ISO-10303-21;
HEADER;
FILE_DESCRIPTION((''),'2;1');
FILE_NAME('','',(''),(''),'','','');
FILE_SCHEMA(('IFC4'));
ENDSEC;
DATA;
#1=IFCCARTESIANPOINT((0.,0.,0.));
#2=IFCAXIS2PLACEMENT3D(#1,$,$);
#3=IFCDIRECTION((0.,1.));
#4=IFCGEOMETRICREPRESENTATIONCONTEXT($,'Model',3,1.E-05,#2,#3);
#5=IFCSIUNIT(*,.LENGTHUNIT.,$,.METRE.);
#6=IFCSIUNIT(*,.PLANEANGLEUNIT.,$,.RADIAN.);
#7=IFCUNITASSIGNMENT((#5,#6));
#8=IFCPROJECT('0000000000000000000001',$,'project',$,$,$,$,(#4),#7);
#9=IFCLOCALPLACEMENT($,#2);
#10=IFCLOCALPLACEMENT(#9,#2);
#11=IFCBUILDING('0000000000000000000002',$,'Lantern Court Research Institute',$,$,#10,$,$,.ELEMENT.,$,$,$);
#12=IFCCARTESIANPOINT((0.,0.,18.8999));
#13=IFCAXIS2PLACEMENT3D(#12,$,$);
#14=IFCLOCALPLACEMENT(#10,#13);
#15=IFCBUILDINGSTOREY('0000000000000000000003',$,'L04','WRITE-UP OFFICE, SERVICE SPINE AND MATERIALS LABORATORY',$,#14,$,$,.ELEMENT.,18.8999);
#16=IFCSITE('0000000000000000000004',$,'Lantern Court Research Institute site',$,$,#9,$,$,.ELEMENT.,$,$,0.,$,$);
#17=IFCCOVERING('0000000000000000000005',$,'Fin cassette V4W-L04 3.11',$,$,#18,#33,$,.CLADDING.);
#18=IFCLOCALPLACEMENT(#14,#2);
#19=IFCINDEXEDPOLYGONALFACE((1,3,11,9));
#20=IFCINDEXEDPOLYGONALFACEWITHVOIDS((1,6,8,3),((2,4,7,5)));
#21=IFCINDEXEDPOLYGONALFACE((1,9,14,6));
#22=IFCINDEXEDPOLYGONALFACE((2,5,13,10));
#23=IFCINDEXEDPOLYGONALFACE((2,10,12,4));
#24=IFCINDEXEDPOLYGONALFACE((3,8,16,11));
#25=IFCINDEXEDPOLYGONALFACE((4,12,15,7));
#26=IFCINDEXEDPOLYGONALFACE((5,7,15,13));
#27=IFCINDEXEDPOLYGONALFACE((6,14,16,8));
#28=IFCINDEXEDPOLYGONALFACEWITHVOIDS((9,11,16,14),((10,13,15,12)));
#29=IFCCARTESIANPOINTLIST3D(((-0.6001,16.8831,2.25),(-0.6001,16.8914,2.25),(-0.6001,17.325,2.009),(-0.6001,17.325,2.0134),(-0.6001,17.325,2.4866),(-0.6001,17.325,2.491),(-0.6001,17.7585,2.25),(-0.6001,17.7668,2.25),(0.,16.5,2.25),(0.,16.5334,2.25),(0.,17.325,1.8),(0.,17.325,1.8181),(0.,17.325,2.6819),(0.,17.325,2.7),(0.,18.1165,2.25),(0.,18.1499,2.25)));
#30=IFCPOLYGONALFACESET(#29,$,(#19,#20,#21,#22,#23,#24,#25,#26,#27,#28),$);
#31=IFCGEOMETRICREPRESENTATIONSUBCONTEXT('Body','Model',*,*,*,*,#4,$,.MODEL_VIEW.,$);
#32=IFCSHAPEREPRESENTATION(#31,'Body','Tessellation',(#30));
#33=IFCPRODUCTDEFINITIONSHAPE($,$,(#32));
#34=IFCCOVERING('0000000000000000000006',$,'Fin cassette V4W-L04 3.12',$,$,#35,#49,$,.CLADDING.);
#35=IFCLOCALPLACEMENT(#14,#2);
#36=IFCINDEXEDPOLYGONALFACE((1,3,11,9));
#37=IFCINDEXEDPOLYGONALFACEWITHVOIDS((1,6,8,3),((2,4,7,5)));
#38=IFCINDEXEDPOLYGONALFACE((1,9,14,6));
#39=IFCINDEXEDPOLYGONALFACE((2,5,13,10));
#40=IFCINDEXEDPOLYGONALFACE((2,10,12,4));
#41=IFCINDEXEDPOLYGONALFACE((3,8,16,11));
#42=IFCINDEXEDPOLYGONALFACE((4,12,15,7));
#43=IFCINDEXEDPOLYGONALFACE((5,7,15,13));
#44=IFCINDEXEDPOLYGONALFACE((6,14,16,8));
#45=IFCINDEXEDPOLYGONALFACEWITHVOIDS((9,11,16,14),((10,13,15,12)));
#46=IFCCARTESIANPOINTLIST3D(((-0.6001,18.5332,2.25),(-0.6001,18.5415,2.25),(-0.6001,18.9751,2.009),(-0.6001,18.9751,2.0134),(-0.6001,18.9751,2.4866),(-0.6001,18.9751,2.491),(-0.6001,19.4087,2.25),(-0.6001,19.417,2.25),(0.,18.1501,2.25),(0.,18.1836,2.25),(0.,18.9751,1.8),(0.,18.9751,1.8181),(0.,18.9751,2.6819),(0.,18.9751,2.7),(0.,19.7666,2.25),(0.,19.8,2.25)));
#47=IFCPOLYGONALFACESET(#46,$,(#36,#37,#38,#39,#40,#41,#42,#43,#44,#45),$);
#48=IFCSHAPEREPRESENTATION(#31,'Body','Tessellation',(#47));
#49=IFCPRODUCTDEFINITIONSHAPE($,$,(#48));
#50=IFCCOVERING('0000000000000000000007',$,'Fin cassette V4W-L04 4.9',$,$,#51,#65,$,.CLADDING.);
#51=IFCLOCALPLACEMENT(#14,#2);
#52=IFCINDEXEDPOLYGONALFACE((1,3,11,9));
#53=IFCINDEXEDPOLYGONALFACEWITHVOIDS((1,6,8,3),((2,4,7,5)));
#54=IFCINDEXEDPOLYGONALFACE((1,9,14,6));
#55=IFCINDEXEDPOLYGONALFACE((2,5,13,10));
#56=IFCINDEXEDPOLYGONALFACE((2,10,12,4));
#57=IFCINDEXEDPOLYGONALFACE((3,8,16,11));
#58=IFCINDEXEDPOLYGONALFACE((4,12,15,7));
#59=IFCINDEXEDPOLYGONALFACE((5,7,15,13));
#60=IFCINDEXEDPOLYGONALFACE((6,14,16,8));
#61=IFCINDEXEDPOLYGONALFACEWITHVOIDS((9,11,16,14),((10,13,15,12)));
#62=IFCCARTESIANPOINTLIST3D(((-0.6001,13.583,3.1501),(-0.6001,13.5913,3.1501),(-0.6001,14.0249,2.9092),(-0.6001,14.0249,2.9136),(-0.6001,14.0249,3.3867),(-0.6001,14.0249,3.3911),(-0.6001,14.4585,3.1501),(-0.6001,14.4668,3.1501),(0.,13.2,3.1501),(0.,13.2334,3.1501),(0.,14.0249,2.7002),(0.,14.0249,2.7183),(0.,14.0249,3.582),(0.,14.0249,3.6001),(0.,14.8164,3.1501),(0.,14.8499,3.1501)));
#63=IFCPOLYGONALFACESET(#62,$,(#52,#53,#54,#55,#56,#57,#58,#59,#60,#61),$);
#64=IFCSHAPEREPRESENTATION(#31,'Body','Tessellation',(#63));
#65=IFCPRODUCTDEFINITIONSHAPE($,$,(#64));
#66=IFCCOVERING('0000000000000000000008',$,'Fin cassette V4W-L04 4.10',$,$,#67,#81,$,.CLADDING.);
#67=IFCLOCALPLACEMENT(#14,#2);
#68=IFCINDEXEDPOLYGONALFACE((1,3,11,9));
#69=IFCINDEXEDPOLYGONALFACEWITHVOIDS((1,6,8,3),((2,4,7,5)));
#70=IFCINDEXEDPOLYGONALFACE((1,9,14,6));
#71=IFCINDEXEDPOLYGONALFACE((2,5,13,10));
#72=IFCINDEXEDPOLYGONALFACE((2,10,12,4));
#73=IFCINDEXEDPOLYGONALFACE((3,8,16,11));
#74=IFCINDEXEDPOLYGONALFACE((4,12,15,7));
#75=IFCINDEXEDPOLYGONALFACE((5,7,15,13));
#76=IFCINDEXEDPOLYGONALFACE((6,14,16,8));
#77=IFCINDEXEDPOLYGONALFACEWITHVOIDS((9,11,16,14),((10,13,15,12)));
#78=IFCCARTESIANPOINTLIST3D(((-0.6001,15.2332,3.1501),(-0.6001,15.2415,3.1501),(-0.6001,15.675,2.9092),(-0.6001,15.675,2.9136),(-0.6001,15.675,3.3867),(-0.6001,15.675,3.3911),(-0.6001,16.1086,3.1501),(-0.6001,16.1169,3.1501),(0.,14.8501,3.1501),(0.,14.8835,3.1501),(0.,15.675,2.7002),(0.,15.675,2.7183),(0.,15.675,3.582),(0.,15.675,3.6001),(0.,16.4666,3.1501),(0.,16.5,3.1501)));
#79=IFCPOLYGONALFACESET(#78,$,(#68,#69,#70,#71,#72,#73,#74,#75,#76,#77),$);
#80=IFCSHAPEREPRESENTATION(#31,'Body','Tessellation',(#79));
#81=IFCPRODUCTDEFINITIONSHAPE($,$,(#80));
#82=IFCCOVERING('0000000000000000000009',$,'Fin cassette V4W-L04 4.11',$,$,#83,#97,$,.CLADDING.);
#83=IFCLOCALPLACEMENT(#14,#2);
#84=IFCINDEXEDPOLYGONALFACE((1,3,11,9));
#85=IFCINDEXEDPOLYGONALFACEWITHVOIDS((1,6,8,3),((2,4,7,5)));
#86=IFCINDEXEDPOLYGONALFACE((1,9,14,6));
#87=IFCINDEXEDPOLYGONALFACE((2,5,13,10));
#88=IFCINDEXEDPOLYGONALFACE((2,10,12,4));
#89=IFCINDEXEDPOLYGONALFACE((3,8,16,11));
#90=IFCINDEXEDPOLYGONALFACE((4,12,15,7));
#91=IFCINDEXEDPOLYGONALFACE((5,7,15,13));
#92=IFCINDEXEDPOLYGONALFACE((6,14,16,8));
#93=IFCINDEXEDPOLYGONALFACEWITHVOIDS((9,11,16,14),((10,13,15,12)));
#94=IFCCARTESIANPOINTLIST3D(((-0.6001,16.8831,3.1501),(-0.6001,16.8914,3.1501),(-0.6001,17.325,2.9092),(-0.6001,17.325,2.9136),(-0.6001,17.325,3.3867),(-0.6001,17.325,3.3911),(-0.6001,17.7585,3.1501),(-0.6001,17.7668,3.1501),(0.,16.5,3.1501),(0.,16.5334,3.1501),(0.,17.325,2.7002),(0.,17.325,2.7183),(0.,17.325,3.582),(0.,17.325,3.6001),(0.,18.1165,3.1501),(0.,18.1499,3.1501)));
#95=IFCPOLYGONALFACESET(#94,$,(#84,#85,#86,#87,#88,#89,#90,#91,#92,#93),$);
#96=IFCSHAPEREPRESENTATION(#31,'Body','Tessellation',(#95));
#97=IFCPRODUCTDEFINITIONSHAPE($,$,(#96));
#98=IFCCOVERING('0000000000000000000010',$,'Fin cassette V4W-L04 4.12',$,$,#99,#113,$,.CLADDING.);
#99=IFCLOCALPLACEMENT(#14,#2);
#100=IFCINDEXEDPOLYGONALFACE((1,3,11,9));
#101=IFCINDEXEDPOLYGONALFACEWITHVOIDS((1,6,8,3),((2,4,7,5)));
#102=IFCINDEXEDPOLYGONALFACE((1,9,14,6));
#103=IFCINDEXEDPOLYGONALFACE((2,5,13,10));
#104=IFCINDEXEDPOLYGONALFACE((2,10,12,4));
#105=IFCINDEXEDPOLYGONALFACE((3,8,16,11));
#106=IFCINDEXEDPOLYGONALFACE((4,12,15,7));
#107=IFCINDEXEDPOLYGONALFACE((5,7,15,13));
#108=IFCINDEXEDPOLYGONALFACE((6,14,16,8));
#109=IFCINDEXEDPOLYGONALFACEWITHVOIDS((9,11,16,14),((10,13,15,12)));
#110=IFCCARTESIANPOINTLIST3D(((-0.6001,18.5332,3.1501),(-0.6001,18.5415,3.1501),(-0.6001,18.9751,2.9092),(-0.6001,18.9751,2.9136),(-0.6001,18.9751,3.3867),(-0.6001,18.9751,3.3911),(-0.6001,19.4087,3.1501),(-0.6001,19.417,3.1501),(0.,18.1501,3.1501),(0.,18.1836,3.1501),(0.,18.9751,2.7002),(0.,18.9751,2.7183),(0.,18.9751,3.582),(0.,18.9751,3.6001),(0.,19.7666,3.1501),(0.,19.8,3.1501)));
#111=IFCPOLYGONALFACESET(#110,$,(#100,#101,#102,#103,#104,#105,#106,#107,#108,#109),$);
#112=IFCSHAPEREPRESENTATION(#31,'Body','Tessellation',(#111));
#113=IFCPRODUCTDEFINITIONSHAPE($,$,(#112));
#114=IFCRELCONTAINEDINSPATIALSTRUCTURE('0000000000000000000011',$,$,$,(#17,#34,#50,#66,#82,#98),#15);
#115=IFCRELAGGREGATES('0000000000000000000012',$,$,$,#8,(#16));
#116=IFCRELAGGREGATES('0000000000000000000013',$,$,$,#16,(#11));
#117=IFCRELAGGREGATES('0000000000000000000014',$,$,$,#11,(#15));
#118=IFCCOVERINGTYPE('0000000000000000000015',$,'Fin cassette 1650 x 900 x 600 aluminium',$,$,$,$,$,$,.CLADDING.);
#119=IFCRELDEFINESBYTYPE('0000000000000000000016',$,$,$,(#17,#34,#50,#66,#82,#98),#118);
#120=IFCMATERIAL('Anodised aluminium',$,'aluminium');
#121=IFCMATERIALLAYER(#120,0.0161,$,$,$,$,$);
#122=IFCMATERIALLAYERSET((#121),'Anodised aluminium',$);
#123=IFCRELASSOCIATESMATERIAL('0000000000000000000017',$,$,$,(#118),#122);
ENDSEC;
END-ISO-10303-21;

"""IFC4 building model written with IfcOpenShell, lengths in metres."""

from ifc_helpers import new_model, entity, si_unit, direction, frame, origin, place, context, subcontext, project, spatial, material, layer, layer_set, type_object, element, save


model = new_model("IFC4")

# Units and contexts
model_context = context("Model", 3, precision=1e-05, world=origin(), true_north=direction((0.0, 1.0)))
body_context = subcontext(model_context, "Body", "Model", "MODEL_VIEW")
ifc_project = project(units=[si_unit("LENGTHUNIT", "METRE"), si_unit("PLANEANGLEUNIT", "RADIAN")], contexts=[model_context])

# Site, building, storey
site_placement = place(None, origin())
site = spatial("IfcSite", under=ifc_project, at=site_placement, Name="Lantern Court Research Institute site", CompositionType="ELEMENT", RefElevation=0.0)
building_placement = place(site_placement, origin())
building = spatial("IfcBuilding", under=site, at=building_placement, Name="Lantern Court Research Institute", CompositionType="ELEMENT")
storey_placement = place(building_placement, frame((0.0, 0.0, 18.8999)))
storey = spatial("IfcBuildingStorey", under=building, at=storey_placement, Name="L04", Description="WRITE-UP OFFICE, SERVICE SPINE AND MATERIALS LABORATORY", CompositionType="ELEMENT", Elevation=18.8999)

# Coverings
ifc_material_1 = material(Name="Anodised aluminium", Category="aluminium")
ifc_layer_1 = layer(ifc_material_1, 0.0161)
ifc_layer_set_1 = layer_set([ifc_layer_1], Name="Anodised aluminium")
covering_type = type_object("IfcCoveringType", Name="Fin cassette 1650 x 900 x 600 aluminium", PredefinedType="CLADDING", material=ifc_layer_set_1)
covering_1_placement = place(storey_placement, frame((0.0, 17.325, 2.25), z_axis=(-1.0, 0.0, 0.0), x_axis=(0.0, -1.0, 0.0)))
cartesian_point_1 = entity("IfcCartesianPoint", [0.825, 0.0])
cartesian_point_2 = entity("IfcCartesianPoint", [0.7915, 0.0])
cartesian_point_3 = entity("IfcCartesianPoint", [0.4419, 0.0])
cartesian_point_4 = entity("IfcCartesianPoint", [0.4336, 0.0])
element("IfcCovering", 1, at=covering_1_placement, inside=storey, type_object=covering_type, Name="Fin cassette V4W-L04 3.11", PredefinedType="CLADDING", context=body_context, shape_type="SweptSolid", body=[
    entity("IfcExtrudedAreaSolidTapered", entity("IfcArbitraryProfileDefWithVoids", "AREA", None, entity("IfcPolyline", [cartesian_point_1, entity("IfcCartesianPoint", [0.0, 0.45]), entity("IfcCartesianPoint", [-0.825, 0.0]), entity("IfcCartesianPoint", [0.0, -0.45]), cartesian_point_1]), [entity("IfcPolyline", [cartesian_point_2, entity("IfcCartesianPoint", [0.0, 0.4319]), entity("IfcCartesianPoint", [-0.7915, 0.0]), entity("IfcCartesianPoint", [0.0, -0.4319]), cartesian_point_2])]), entity("IfcAxis2Placement3D", entity("IfcCartesianPoint", [0.0, 0.0, 0.0])), entity("IfcDirection", [0.0, 0.0, 1.0]), 0.6001, entity("IfcArbitraryProfileDefWithVoids", "AREA", None, entity("IfcPolyline", [cartesian_point_3, entity("IfcCartesianPoint", [0.0, 0.241]), entity("IfcCartesianPoint", [-0.4419, 0.0]), entity("IfcCartesianPoint", [0.0, -0.241]), cartesian_point_3]), [entity("IfcPolyline", [cartesian_point_4, entity("IfcCartesianPoint", [0.0, 0.2366]), entity("IfcCartesianPoint", [-0.4336, 0.0]), entity("IfcCartesianPoint", [0.0, -0.2366]), cartesian_point_4])])),
])
covering_2_placement = place(storey_placement, frame((0.0, 18.9751, 2.25), z_axis=(-1.0, 0.0, 0.0), x_axis=(0.0, -1.0, 0.0)))
cartesian_point_5 = entity("IfcCartesianPoint", [0.825, 0.0])
cartesian_point_6 = entity("IfcCartesianPoint", [0.7915, 0.0])
cartesian_point_7 = entity("IfcCartesianPoint", [0.4419, 0.0])
cartesian_point_8 = entity("IfcCartesianPoint", [0.4336, 0.0])
element("IfcCovering", 2, at=covering_2_placement, inside=storey, type_object=covering_type, Name="Fin cassette V4W-L04 3.12", PredefinedType="CLADDING", context=body_context, shape_type="SweptSolid", body=[
    entity("IfcExtrudedAreaSolidTapered", entity("IfcArbitraryProfileDefWithVoids", "AREA", None, entity("IfcPolyline", [cartesian_point_5, entity("IfcCartesianPoint", [0.0, 0.45]), entity("IfcCartesianPoint", [-0.825, 0.0]), entity("IfcCartesianPoint", [0.0, -0.45]), cartesian_point_5]), [entity("IfcPolyline", [cartesian_point_6, entity("IfcCartesianPoint", [0.0, 0.4319]), entity("IfcCartesianPoint", [-0.7915, 0.0]), entity("IfcCartesianPoint", [0.0, -0.4319]), cartesian_point_6])]), entity("IfcAxis2Placement3D", entity("IfcCartesianPoint", [0.0, 0.0, 0.0])), entity("IfcDirection", [0.0, 0.0, 1.0]), 0.6001, entity("IfcArbitraryProfileDefWithVoids", "AREA", None, entity("IfcPolyline", [cartesian_point_7, entity("IfcCartesianPoint", [0.0, 0.241]), entity("IfcCartesianPoint", [-0.4419, 0.0]), entity("IfcCartesianPoint", [0.0, -0.241]), cartesian_point_7]), [entity("IfcPolyline", [cartesian_point_8, entity("IfcCartesianPoint", [0.0, 0.2366]), entity("IfcCartesianPoint", [-0.4336, 0.0]), entity("IfcCartesianPoint", [0.0, -0.2366]), cartesian_point_8])])),
])
covering_3_placement = place(storey_placement, frame((0.0, 14.0249, 3.1501), z_axis=(-1.0, 0.0, 0.0), x_axis=(0.0, -1.0, 0.0)))
cartesian_point_9 = entity("IfcCartesianPoint", [0.825, 0.0])
cartesian_point_10 = entity("IfcCartesianPoint", [0.7915, 0.0])
cartesian_point_11 = entity("IfcCartesianPoint", [0.4419, 0.0])
cartesian_point_12 = entity("IfcCartesianPoint", [0.4336, 0.0])
element("IfcCovering", 3, at=covering_3_placement, inside=storey, type_object=covering_type, Name="Fin cassette V4W-L04 4.9", PredefinedType="CLADDING", context=body_context, shape_type="SweptSolid", body=[
    entity("IfcExtrudedAreaSolidTapered", entity("IfcArbitraryProfileDefWithVoids", "AREA", None, entity("IfcPolyline", [cartesian_point_9, entity("IfcCartesianPoint", [0.0, 0.45]), entity("IfcCartesianPoint", [-0.825, 0.0]), entity("IfcCartesianPoint", [0.0, -0.45]), cartesian_point_9]), [entity("IfcPolyline", [cartesian_point_10, entity("IfcCartesianPoint", [0.0, 0.4319]), entity("IfcCartesianPoint", [-0.7915, 0.0]), entity("IfcCartesianPoint", [0.0, -0.4319]), cartesian_point_10])]), entity("IfcAxis2Placement3D", entity("IfcCartesianPoint", [0.0, 0.0, 0.0])), entity("IfcDirection", [0.0, 0.0, 1.0]), 0.6001, entity("IfcArbitraryProfileDefWithVoids", "AREA", None, entity("IfcPolyline", [cartesian_point_11, entity("IfcCartesianPoint", [0.0, 0.241]), entity("IfcCartesianPoint", [-0.4419, 0.0]), entity("IfcCartesianPoint", [0.0, -0.241]), cartesian_point_11]), [entity("IfcPolyline", [cartesian_point_12, entity("IfcCartesianPoint", [0.0, 0.2366]), entity("IfcCartesianPoint", [-0.4336, 0.0]), entity("IfcCartesianPoint", [0.0, -0.2366]), cartesian_point_12])])),
])
covering_4_placement = place(storey_placement, frame((0.0, 15.675, 3.1501), z_axis=(-1.0, 0.0, 0.0), x_axis=(0.0, -1.0, 0.0)))
cartesian_point_13 = entity("IfcCartesianPoint", [0.825, 0.0])
cartesian_point_14 = entity("IfcCartesianPoint", [0.7915, 0.0])
cartesian_point_15 = entity("IfcCartesianPoint", [0.4419, 0.0])
cartesian_point_16 = entity("IfcCartesianPoint", [0.4336, 0.0])
element("IfcCovering", 4, at=covering_4_placement, inside=storey, type_object=covering_type, Name="Fin cassette V4W-L04 4.10", PredefinedType="CLADDING", context=body_context, shape_type="SweptSolid", body=[
    entity("IfcExtrudedAreaSolidTapered", entity("IfcArbitraryProfileDefWithVoids", "AREA", None, entity("IfcPolyline", [cartesian_point_13, entity("IfcCartesianPoint", [0.0, 0.45]), entity("IfcCartesianPoint", [-0.825, 0.0]), entity("IfcCartesianPoint", [0.0, -0.45]), cartesian_point_13]), [entity("IfcPolyline", [cartesian_point_14, entity("IfcCartesianPoint", [0.0, 0.4319]), entity("IfcCartesianPoint", [-0.7915, 0.0]), entity("IfcCartesianPoint", [0.0, -0.4319]), cartesian_point_14])]), entity("IfcAxis2Placement3D", entity("IfcCartesianPoint", [0.0, 0.0, 0.0])), entity("IfcDirection", [0.0, 0.0, 1.0]), 0.6001, entity("IfcArbitraryProfileDefWithVoids", "AREA", None, entity("IfcPolyline", [cartesian_point_15, entity("IfcCartesianPoint", [0.0, 0.241]), entity("IfcCartesianPoint", [-0.4419, 0.0]), entity("IfcCartesianPoint", [0.0, -0.241]), cartesian_point_15]), [entity("IfcPolyline", [cartesian_point_16, entity("IfcCartesianPoint", [0.0, 0.2366]), entity("IfcCartesianPoint", [-0.4336, 0.0]), entity("IfcCartesianPoint", [0.0, -0.2366]), cartesian_point_16])])),
])
covering_5_placement = place(storey_placement, frame((0.0, 17.325, 3.1501), z_axis=(-1.0, 0.0, 0.0), x_axis=(0.0, -1.0, 0.0)))
cartesian_point_17 = entity("IfcCartesianPoint", [0.825, 0.0])
cartesian_point_18 = entity("IfcCartesianPoint", [0.7915, 0.0])
cartesian_point_19 = entity("IfcCartesianPoint", [0.4419, 0.0])
cartesian_point_20 = entity("IfcCartesianPoint", [0.4336, 0.0])
element("IfcCovering", 5, at=covering_5_placement, inside=storey, type_object=covering_type, Name="Fin cassette V4W-L04 4.11", PredefinedType="CLADDING", context=body_context, shape_type="SweptSolid", body=[
    entity("IfcExtrudedAreaSolidTapered", entity("IfcArbitraryProfileDefWithVoids", "AREA", None, entity("IfcPolyline", [cartesian_point_17, entity("IfcCartesianPoint", [0.0, 0.45]), entity("IfcCartesianPoint", [-0.825, 0.0]), entity("IfcCartesianPoint", [0.0, -0.45]), cartesian_point_17]), [entity("IfcPolyline", [cartesian_point_18, entity("IfcCartesianPoint", [0.0, 0.4319]), entity("IfcCartesianPoint", [-0.7915, 0.0]), entity("IfcCartesianPoint", [0.0, -0.4319]), cartesian_point_18])]), entity("IfcAxis2Placement3D", entity("IfcCartesianPoint", [0.0, 0.0, 0.0])), entity("IfcDirection", [0.0, 0.0, 1.0]), 0.6001, entity("IfcArbitraryProfileDefWithVoids", "AREA", None, entity("IfcPolyline", [cartesian_point_19, entity("IfcCartesianPoint", [0.0, 0.241]), entity("IfcCartesianPoint", [-0.4419, 0.0]), entity("IfcCartesianPoint", [0.0, -0.241]), cartesian_point_19]), [entity("IfcPolyline", [cartesian_point_20, entity("IfcCartesianPoint", [0.0, 0.2366]), entity("IfcCartesianPoint", [-0.4336, 0.0]), entity("IfcCartesianPoint", [0.0, -0.2366]), cartesian_point_20])])),
])
covering_6_placement = place(storey_placement, frame((0.0, 18.9751, 3.1501), z_axis=(-1.0, 0.0, 0.0), x_axis=(0.0, -1.0, 0.0)))
cartesian_point_21 = entity("IfcCartesianPoint", [0.825, 0.0])
cartesian_point_22 = entity("IfcCartesianPoint", [0.7915, 0.0])
cartesian_point_23 = entity("IfcCartesianPoint", [0.4419, 0.0])
cartesian_point_24 = entity("IfcCartesianPoint", [0.4336, 0.0])
element("IfcCovering", 6, at=covering_6_placement, inside=storey, type_object=covering_type, Name="Fin cassette V4W-L04 4.12", PredefinedType="CLADDING", context=body_context, shape_type="SweptSolid", body=[
    entity("IfcExtrudedAreaSolidTapered", entity("IfcArbitraryProfileDefWithVoids", "AREA", None, entity("IfcPolyline", [cartesian_point_21, entity("IfcCartesianPoint", [0.0, 0.45]), entity("IfcCartesianPoint", [-0.825, 0.0]), entity("IfcCartesianPoint", [0.0, -0.45]), cartesian_point_21]), [entity("IfcPolyline", [cartesian_point_22, entity("IfcCartesianPoint", [0.0, 0.4319]), entity("IfcCartesianPoint", [-0.7915, 0.0]), entity("IfcCartesianPoint", [0.0, -0.4319]), cartesian_point_22])]), entity("IfcAxis2Placement3D", entity("IfcCartesianPoint", [0.0, 0.0, 0.0])), entity("IfcDirection", [0.0, 0.0, 1.0]), 0.6001, entity("IfcArbitraryProfileDefWithVoids", "AREA", None, entity("IfcPolyline", [cartesian_point_23, entity("IfcCartesianPoint", [0.0, 0.241]), entity("IfcCartesianPoint", [-0.4419, 0.0]), entity("IfcCartesianPoint", [0.0, -0.241]), cartesian_point_23]), [entity("IfcPolyline", [cartesian_point_24, entity("IfcCartesianPoint", [0.0, 0.2366]), entity("IfcCartesianPoint", [-0.4336, 0.0]), entity("IfcCartesianPoint", [0.0, -0.2366]), cartesian_point_24])])),
])

save(model, "model.ifc")
